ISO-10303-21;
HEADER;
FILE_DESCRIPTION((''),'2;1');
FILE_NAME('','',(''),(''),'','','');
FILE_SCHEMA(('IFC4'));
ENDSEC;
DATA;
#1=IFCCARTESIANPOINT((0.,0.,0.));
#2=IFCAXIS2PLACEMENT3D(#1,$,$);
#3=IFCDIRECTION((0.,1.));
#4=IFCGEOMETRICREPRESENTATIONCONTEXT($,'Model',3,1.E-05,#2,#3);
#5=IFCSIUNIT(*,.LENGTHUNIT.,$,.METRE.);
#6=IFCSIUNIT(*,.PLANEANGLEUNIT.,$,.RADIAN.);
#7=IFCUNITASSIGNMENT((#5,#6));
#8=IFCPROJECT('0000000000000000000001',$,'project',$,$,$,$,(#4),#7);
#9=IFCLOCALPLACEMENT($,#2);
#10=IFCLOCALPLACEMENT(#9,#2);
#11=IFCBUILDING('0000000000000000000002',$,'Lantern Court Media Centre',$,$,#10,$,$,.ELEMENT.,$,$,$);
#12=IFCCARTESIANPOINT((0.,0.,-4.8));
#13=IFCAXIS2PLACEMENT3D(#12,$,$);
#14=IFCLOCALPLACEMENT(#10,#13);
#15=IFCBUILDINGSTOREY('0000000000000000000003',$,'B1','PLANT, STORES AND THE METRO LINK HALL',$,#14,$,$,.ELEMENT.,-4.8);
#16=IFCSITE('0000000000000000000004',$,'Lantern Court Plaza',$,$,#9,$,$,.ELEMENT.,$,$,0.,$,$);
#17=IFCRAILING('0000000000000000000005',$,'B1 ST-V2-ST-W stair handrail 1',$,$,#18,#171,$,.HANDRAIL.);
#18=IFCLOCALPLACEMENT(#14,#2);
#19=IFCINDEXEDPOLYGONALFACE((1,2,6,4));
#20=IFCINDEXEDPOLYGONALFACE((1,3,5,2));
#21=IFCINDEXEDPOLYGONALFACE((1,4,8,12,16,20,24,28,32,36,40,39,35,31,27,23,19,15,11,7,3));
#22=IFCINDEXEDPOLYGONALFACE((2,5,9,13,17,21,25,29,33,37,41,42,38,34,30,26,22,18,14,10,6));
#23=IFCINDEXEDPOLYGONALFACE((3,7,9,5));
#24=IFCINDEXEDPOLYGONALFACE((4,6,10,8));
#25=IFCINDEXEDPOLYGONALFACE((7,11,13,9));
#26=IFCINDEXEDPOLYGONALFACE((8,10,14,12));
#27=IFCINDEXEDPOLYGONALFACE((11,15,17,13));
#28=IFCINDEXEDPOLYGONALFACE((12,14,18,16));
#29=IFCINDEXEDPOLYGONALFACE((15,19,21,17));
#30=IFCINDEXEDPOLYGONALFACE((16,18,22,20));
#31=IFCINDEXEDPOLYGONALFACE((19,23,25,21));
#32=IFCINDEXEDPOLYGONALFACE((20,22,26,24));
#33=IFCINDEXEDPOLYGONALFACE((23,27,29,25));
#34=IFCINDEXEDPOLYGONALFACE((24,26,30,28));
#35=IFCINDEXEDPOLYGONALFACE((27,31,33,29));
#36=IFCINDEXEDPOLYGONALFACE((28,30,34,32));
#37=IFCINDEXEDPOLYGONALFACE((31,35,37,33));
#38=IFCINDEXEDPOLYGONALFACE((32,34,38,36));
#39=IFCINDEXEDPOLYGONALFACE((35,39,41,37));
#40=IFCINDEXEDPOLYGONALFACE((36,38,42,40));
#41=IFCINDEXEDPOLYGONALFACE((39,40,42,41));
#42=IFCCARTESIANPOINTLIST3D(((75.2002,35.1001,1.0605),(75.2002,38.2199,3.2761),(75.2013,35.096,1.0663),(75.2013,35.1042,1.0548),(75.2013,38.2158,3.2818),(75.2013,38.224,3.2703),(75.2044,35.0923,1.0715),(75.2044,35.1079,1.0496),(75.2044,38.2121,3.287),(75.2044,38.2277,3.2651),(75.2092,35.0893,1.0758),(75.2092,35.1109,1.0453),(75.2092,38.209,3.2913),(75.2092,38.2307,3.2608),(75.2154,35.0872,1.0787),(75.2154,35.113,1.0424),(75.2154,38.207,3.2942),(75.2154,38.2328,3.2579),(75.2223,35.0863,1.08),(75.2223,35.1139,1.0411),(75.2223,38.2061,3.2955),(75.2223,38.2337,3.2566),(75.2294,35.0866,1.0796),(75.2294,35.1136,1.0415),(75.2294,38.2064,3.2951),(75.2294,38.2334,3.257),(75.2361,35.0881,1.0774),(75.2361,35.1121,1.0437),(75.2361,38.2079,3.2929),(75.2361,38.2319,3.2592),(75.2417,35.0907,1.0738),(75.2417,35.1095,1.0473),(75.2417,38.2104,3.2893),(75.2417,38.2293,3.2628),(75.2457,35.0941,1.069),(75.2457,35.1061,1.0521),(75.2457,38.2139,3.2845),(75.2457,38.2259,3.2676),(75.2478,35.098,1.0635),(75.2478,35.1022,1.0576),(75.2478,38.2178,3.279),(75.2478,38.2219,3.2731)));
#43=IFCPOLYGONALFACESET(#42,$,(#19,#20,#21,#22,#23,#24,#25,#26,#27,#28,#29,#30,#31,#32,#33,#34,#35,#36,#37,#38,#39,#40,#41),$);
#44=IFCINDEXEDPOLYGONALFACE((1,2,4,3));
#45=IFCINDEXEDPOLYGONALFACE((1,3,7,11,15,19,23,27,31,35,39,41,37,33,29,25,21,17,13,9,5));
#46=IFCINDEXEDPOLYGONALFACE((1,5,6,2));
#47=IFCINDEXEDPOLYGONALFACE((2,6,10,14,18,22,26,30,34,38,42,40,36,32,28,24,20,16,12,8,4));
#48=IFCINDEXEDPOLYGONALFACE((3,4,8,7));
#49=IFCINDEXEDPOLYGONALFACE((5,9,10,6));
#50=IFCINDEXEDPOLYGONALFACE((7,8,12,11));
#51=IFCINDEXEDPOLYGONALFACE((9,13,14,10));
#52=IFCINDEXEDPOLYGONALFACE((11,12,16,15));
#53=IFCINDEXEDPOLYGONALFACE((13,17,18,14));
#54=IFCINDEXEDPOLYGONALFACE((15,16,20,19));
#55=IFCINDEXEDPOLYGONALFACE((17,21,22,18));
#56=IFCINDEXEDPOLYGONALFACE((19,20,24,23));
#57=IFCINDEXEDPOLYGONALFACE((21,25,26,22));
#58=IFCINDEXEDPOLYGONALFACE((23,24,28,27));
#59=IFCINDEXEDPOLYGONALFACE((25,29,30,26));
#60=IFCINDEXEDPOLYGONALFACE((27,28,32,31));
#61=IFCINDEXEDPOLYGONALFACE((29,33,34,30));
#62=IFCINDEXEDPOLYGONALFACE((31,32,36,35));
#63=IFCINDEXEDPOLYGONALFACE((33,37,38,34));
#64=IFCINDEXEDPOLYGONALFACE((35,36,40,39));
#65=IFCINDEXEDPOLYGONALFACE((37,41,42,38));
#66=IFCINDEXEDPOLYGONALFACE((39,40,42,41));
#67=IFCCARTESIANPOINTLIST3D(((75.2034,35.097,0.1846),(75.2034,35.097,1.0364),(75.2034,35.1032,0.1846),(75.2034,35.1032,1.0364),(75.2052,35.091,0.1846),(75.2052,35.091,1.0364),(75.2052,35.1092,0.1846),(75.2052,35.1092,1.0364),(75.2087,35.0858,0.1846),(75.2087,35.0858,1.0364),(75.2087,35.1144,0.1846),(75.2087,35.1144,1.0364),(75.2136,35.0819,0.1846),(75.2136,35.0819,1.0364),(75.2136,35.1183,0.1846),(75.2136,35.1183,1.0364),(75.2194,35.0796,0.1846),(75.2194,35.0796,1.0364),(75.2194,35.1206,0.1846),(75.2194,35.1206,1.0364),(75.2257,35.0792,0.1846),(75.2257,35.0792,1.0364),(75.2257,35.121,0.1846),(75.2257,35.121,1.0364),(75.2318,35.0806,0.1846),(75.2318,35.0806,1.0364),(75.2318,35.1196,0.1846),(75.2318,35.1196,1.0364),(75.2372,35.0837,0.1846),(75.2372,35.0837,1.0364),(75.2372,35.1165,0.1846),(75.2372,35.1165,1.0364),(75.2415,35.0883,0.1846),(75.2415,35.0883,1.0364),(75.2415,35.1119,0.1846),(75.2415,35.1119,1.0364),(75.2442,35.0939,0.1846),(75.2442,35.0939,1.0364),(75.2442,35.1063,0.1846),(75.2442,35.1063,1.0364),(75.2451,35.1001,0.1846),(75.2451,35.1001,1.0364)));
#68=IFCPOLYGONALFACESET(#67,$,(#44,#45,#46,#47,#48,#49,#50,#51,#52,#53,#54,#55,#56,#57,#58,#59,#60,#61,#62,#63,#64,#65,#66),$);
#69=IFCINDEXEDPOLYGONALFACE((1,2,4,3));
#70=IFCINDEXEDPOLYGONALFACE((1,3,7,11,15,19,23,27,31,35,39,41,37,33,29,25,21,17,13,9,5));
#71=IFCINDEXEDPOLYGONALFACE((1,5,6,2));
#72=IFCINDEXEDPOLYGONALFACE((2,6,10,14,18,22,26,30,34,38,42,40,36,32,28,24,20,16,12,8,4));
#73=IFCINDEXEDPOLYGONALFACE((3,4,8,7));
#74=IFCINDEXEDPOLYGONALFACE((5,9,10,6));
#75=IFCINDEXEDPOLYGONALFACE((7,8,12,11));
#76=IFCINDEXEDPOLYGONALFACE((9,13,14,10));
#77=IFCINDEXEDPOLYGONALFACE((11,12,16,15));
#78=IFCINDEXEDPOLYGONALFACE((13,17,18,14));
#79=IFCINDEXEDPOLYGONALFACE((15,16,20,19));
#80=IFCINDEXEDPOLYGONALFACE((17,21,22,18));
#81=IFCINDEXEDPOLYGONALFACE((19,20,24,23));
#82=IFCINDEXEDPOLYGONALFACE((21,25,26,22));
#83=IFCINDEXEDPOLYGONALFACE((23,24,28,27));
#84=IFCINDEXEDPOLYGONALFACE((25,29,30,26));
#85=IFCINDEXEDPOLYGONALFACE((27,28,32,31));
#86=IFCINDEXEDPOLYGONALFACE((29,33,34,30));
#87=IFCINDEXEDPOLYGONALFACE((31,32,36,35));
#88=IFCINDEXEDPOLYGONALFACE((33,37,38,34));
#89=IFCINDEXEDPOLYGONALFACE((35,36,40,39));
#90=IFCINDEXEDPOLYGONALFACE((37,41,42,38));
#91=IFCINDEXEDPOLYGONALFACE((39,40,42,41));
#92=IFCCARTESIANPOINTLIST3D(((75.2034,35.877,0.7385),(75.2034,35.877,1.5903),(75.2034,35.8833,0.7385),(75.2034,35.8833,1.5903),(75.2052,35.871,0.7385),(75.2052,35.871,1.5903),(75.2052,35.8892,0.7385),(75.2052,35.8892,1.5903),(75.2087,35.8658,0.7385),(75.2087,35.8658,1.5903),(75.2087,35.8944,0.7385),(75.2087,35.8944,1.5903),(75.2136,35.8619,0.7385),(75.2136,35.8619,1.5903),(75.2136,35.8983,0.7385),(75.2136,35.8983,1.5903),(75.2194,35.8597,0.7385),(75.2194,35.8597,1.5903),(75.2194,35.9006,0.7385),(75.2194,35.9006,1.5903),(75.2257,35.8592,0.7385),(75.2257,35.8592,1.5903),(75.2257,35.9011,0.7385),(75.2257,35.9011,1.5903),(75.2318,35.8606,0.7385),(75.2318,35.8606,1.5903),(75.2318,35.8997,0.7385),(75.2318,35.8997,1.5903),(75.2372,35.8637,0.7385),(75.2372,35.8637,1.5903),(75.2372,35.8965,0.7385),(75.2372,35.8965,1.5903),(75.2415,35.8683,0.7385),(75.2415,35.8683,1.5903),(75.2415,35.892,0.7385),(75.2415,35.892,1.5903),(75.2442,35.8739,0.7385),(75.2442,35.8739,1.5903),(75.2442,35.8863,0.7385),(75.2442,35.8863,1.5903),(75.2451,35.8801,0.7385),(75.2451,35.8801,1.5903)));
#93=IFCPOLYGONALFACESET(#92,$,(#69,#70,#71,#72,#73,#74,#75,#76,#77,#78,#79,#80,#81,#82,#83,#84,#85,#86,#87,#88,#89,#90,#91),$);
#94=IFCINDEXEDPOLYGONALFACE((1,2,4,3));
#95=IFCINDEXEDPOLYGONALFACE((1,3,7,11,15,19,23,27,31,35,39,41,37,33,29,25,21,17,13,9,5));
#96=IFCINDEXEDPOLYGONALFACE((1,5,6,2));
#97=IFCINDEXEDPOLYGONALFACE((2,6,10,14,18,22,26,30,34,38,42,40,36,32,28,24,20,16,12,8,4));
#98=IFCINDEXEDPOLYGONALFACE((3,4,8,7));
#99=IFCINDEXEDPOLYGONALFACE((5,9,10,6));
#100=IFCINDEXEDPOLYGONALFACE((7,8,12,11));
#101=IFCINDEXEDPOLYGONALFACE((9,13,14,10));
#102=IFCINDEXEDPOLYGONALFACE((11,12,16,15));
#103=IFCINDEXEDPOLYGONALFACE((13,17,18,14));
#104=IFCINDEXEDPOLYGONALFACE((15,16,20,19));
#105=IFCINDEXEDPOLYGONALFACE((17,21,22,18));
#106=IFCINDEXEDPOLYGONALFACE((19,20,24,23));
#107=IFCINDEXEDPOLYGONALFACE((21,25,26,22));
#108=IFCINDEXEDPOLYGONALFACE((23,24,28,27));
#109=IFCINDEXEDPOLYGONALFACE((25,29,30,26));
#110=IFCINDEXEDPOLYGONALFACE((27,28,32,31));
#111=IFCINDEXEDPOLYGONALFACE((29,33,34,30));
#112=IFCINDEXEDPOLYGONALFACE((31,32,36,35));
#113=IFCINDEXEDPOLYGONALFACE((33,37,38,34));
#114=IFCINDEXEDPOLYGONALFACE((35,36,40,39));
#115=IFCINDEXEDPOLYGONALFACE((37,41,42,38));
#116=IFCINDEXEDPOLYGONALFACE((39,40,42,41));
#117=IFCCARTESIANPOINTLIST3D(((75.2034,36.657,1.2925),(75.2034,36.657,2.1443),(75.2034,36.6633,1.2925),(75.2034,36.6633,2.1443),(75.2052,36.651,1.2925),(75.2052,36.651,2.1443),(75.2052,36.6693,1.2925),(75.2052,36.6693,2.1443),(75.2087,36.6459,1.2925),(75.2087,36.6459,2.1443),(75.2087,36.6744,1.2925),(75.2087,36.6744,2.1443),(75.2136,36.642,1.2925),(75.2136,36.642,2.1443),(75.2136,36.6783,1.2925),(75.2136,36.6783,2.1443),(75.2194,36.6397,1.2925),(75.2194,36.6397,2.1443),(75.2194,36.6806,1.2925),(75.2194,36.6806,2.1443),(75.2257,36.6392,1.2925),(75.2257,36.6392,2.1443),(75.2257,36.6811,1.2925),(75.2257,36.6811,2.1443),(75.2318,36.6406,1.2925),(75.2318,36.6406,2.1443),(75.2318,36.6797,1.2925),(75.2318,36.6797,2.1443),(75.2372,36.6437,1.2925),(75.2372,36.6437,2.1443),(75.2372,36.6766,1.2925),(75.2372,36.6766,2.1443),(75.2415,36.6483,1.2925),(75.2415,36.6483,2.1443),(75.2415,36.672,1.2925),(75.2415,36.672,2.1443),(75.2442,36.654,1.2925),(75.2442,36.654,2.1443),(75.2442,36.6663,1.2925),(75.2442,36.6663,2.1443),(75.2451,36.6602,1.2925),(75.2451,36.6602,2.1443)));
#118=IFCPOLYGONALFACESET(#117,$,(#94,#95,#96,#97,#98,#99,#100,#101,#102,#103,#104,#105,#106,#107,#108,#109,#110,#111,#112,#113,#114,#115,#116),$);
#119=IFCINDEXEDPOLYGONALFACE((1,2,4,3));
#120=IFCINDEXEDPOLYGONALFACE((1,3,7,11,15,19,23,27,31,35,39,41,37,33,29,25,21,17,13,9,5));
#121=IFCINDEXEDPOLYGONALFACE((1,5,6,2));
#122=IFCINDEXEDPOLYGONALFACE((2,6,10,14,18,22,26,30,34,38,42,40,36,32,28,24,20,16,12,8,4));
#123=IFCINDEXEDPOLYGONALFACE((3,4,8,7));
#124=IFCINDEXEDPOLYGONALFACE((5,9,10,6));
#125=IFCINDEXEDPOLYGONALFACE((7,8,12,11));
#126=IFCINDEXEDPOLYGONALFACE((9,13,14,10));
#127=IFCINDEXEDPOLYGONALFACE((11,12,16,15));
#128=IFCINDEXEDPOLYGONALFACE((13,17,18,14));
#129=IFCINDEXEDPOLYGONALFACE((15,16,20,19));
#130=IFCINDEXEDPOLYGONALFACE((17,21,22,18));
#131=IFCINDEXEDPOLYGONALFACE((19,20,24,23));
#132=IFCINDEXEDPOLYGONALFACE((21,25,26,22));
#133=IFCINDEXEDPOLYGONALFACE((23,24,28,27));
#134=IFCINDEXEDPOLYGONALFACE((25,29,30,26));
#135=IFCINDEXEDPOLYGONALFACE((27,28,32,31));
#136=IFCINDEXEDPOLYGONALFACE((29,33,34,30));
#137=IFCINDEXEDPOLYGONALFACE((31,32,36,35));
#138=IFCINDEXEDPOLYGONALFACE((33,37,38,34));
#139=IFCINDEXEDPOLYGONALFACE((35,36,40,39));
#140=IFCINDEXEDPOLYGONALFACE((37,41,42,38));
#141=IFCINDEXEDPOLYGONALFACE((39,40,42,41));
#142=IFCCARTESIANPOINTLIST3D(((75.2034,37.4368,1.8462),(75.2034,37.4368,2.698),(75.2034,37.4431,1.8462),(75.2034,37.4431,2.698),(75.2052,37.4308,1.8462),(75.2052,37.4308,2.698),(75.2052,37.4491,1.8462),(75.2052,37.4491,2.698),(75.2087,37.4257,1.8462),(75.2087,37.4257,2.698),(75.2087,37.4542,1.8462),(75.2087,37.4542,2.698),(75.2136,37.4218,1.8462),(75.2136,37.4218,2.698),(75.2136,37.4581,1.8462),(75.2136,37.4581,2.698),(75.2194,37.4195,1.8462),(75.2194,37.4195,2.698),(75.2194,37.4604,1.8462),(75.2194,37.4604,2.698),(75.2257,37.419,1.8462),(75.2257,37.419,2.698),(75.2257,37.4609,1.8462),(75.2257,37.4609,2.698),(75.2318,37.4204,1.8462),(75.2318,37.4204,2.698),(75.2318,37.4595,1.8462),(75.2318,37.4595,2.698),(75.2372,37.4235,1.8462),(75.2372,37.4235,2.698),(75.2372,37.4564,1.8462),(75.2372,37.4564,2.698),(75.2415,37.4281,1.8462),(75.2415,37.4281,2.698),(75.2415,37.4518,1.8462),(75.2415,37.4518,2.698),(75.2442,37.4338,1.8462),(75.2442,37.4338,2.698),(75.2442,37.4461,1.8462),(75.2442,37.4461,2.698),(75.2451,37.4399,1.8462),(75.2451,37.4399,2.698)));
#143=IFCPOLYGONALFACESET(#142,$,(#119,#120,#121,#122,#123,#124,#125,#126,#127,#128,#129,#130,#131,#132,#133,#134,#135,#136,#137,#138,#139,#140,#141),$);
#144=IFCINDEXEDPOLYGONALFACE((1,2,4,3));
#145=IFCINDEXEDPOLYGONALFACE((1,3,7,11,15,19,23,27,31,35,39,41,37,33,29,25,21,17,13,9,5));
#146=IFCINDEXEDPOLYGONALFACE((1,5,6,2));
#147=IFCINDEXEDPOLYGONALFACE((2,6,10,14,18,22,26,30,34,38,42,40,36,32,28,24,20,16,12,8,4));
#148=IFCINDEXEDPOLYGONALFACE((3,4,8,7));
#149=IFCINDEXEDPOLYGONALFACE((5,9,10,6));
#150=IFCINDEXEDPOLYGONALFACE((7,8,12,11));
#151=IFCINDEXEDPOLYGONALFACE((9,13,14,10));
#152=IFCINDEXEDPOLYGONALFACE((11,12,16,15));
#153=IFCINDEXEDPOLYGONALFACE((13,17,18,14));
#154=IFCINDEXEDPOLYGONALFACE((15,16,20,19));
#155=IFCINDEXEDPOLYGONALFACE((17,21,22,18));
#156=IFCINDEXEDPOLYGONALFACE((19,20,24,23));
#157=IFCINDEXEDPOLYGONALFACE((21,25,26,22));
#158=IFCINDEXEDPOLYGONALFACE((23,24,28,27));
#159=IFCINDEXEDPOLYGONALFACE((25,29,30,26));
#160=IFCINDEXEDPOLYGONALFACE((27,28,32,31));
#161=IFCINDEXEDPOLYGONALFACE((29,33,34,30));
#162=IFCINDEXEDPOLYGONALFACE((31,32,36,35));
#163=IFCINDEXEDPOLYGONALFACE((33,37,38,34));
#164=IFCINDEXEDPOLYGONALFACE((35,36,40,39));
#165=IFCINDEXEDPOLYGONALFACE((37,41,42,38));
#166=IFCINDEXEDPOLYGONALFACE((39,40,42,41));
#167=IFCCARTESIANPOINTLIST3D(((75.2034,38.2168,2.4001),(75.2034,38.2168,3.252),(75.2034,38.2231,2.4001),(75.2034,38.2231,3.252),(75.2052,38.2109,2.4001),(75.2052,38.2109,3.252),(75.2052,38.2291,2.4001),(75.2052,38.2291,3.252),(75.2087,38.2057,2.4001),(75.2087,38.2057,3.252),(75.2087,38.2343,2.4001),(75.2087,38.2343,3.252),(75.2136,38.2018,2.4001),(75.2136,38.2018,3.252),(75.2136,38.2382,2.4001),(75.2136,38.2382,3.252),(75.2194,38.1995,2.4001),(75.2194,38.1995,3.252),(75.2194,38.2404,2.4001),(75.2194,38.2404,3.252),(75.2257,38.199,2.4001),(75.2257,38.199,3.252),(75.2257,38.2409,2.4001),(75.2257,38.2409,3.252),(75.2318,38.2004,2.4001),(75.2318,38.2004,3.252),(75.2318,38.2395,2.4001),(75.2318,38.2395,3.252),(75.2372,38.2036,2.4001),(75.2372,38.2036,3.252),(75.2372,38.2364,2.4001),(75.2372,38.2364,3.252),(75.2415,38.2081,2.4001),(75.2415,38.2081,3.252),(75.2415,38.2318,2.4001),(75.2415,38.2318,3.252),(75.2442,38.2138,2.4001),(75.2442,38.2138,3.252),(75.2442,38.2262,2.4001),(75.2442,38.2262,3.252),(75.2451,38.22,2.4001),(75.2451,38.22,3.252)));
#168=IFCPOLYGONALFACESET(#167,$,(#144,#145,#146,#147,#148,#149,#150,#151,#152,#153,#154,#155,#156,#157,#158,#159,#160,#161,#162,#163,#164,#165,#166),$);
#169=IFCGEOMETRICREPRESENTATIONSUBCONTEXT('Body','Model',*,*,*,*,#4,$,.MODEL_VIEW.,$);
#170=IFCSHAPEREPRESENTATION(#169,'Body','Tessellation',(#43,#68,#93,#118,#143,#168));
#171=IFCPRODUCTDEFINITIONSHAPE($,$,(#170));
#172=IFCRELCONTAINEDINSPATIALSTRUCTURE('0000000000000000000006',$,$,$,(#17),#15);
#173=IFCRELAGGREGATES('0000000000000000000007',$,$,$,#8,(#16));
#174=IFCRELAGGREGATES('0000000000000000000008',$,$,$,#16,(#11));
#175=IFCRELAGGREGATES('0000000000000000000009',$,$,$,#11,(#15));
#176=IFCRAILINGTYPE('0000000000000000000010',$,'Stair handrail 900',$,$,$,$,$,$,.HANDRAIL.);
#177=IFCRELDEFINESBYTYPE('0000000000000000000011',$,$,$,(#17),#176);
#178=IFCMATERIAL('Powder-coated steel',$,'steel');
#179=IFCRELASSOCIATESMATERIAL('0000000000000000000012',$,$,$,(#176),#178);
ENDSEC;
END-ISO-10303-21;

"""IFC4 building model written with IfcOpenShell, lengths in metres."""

from ifc_helpers import new_model, si_unit, direction, frame, origin, origin_2d, place, context, subcontext, project, spatial, circle, extrude, material, type_object, element, save


model = new_model("IFC4")

# Units and contexts
model_context = context("Model", 3, precision=1e-05, world=origin(), true_north=direction((0.0, 1.0)))
body_context = subcontext(model_context, "Body", "Model", "MODEL_VIEW")
ifc_project = project(units=[si_unit("LENGTHUNIT", "METRE"), si_unit("PLANEANGLEUNIT", "RADIAN")], contexts=[model_context])

# Site, building, storey
site_placement = place(None, origin())
site = spatial("IfcSite", under=ifc_project, at=site_placement, Name="Lantern Court Plaza", CompositionType="ELEMENT", RefElevation=0.0)
building_placement = place(site_placement, origin())
building = spatial("IfcBuilding", under=site, at=building_placement, Name="Lantern Court Media Centre", CompositionType="ELEMENT")
storey_placement = place(building_placement, frame((0.0, 0.0, -4.8)))
storey = spatial("IfcBuildingStorey", under=building, at=storey_placement, Name="B1", Description="PLANT, STORES AND THE METRO LINK HALL", CompositionType="ELEMENT", Elevation=-4.8)

# Railing
ifc_material_1 = material(Name="Powder-coated steel", Category="steel")
railing_type_1 = type_object("IfcRailingType", Name="Stair handrail 900", PredefinedType="HANDRAIL", material=ifc_material_1)
railing_1_placement = place(storey_placement, frame((75.2241, 35.1001, 0.1846)))
element("IfcRailing", 1, at=railing_1_placement, inside=storey, type_object=railing_type_1, Name="B1 ST-V2-ST-W stair handrail 1", PredefinedType="HANDRAIL", context=body_context, shape_type="SweptSolid", body=[
    extrude(circle(Radius=0.0239, at=origin_2d()), frame((0.0, 0.0, 0.876), z_axis=(0.0, 0.815325, 0.579003), x_axis=(-1.0, 0.0, 0.0)), (0.0, 0.0, 1.0), 3.8264),
    extrude(circle(Radius=0.021, at=origin_2d()), origin(), (0.0, 0.0, 1.0), 0.8518),
    extrude(circle(Radius=0.021, at=origin_2d()), frame((0.0, 0.78, 0.554)), (0.0, 0.0, 1.0), 0.8518),
    extrude(circle(Radius=0.021, at=origin_2d()), frame((0.0, 1.5601, 1.1079)), (0.0, 0.0, 1.0), 0.8518),
    extrude(circle(Radius=0.021, at=origin_2d()), frame((0.0, 2.3398, 1.6616)), (0.0, 0.0, 1.0), 0.8518),
    extrude(circle(Radius=0.021, at=origin_2d()), frame((0.0, 3.1199, 2.2156)), (0.0, 0.0, 1.0), 0.8518),
])

save(model, "model.ifc")
